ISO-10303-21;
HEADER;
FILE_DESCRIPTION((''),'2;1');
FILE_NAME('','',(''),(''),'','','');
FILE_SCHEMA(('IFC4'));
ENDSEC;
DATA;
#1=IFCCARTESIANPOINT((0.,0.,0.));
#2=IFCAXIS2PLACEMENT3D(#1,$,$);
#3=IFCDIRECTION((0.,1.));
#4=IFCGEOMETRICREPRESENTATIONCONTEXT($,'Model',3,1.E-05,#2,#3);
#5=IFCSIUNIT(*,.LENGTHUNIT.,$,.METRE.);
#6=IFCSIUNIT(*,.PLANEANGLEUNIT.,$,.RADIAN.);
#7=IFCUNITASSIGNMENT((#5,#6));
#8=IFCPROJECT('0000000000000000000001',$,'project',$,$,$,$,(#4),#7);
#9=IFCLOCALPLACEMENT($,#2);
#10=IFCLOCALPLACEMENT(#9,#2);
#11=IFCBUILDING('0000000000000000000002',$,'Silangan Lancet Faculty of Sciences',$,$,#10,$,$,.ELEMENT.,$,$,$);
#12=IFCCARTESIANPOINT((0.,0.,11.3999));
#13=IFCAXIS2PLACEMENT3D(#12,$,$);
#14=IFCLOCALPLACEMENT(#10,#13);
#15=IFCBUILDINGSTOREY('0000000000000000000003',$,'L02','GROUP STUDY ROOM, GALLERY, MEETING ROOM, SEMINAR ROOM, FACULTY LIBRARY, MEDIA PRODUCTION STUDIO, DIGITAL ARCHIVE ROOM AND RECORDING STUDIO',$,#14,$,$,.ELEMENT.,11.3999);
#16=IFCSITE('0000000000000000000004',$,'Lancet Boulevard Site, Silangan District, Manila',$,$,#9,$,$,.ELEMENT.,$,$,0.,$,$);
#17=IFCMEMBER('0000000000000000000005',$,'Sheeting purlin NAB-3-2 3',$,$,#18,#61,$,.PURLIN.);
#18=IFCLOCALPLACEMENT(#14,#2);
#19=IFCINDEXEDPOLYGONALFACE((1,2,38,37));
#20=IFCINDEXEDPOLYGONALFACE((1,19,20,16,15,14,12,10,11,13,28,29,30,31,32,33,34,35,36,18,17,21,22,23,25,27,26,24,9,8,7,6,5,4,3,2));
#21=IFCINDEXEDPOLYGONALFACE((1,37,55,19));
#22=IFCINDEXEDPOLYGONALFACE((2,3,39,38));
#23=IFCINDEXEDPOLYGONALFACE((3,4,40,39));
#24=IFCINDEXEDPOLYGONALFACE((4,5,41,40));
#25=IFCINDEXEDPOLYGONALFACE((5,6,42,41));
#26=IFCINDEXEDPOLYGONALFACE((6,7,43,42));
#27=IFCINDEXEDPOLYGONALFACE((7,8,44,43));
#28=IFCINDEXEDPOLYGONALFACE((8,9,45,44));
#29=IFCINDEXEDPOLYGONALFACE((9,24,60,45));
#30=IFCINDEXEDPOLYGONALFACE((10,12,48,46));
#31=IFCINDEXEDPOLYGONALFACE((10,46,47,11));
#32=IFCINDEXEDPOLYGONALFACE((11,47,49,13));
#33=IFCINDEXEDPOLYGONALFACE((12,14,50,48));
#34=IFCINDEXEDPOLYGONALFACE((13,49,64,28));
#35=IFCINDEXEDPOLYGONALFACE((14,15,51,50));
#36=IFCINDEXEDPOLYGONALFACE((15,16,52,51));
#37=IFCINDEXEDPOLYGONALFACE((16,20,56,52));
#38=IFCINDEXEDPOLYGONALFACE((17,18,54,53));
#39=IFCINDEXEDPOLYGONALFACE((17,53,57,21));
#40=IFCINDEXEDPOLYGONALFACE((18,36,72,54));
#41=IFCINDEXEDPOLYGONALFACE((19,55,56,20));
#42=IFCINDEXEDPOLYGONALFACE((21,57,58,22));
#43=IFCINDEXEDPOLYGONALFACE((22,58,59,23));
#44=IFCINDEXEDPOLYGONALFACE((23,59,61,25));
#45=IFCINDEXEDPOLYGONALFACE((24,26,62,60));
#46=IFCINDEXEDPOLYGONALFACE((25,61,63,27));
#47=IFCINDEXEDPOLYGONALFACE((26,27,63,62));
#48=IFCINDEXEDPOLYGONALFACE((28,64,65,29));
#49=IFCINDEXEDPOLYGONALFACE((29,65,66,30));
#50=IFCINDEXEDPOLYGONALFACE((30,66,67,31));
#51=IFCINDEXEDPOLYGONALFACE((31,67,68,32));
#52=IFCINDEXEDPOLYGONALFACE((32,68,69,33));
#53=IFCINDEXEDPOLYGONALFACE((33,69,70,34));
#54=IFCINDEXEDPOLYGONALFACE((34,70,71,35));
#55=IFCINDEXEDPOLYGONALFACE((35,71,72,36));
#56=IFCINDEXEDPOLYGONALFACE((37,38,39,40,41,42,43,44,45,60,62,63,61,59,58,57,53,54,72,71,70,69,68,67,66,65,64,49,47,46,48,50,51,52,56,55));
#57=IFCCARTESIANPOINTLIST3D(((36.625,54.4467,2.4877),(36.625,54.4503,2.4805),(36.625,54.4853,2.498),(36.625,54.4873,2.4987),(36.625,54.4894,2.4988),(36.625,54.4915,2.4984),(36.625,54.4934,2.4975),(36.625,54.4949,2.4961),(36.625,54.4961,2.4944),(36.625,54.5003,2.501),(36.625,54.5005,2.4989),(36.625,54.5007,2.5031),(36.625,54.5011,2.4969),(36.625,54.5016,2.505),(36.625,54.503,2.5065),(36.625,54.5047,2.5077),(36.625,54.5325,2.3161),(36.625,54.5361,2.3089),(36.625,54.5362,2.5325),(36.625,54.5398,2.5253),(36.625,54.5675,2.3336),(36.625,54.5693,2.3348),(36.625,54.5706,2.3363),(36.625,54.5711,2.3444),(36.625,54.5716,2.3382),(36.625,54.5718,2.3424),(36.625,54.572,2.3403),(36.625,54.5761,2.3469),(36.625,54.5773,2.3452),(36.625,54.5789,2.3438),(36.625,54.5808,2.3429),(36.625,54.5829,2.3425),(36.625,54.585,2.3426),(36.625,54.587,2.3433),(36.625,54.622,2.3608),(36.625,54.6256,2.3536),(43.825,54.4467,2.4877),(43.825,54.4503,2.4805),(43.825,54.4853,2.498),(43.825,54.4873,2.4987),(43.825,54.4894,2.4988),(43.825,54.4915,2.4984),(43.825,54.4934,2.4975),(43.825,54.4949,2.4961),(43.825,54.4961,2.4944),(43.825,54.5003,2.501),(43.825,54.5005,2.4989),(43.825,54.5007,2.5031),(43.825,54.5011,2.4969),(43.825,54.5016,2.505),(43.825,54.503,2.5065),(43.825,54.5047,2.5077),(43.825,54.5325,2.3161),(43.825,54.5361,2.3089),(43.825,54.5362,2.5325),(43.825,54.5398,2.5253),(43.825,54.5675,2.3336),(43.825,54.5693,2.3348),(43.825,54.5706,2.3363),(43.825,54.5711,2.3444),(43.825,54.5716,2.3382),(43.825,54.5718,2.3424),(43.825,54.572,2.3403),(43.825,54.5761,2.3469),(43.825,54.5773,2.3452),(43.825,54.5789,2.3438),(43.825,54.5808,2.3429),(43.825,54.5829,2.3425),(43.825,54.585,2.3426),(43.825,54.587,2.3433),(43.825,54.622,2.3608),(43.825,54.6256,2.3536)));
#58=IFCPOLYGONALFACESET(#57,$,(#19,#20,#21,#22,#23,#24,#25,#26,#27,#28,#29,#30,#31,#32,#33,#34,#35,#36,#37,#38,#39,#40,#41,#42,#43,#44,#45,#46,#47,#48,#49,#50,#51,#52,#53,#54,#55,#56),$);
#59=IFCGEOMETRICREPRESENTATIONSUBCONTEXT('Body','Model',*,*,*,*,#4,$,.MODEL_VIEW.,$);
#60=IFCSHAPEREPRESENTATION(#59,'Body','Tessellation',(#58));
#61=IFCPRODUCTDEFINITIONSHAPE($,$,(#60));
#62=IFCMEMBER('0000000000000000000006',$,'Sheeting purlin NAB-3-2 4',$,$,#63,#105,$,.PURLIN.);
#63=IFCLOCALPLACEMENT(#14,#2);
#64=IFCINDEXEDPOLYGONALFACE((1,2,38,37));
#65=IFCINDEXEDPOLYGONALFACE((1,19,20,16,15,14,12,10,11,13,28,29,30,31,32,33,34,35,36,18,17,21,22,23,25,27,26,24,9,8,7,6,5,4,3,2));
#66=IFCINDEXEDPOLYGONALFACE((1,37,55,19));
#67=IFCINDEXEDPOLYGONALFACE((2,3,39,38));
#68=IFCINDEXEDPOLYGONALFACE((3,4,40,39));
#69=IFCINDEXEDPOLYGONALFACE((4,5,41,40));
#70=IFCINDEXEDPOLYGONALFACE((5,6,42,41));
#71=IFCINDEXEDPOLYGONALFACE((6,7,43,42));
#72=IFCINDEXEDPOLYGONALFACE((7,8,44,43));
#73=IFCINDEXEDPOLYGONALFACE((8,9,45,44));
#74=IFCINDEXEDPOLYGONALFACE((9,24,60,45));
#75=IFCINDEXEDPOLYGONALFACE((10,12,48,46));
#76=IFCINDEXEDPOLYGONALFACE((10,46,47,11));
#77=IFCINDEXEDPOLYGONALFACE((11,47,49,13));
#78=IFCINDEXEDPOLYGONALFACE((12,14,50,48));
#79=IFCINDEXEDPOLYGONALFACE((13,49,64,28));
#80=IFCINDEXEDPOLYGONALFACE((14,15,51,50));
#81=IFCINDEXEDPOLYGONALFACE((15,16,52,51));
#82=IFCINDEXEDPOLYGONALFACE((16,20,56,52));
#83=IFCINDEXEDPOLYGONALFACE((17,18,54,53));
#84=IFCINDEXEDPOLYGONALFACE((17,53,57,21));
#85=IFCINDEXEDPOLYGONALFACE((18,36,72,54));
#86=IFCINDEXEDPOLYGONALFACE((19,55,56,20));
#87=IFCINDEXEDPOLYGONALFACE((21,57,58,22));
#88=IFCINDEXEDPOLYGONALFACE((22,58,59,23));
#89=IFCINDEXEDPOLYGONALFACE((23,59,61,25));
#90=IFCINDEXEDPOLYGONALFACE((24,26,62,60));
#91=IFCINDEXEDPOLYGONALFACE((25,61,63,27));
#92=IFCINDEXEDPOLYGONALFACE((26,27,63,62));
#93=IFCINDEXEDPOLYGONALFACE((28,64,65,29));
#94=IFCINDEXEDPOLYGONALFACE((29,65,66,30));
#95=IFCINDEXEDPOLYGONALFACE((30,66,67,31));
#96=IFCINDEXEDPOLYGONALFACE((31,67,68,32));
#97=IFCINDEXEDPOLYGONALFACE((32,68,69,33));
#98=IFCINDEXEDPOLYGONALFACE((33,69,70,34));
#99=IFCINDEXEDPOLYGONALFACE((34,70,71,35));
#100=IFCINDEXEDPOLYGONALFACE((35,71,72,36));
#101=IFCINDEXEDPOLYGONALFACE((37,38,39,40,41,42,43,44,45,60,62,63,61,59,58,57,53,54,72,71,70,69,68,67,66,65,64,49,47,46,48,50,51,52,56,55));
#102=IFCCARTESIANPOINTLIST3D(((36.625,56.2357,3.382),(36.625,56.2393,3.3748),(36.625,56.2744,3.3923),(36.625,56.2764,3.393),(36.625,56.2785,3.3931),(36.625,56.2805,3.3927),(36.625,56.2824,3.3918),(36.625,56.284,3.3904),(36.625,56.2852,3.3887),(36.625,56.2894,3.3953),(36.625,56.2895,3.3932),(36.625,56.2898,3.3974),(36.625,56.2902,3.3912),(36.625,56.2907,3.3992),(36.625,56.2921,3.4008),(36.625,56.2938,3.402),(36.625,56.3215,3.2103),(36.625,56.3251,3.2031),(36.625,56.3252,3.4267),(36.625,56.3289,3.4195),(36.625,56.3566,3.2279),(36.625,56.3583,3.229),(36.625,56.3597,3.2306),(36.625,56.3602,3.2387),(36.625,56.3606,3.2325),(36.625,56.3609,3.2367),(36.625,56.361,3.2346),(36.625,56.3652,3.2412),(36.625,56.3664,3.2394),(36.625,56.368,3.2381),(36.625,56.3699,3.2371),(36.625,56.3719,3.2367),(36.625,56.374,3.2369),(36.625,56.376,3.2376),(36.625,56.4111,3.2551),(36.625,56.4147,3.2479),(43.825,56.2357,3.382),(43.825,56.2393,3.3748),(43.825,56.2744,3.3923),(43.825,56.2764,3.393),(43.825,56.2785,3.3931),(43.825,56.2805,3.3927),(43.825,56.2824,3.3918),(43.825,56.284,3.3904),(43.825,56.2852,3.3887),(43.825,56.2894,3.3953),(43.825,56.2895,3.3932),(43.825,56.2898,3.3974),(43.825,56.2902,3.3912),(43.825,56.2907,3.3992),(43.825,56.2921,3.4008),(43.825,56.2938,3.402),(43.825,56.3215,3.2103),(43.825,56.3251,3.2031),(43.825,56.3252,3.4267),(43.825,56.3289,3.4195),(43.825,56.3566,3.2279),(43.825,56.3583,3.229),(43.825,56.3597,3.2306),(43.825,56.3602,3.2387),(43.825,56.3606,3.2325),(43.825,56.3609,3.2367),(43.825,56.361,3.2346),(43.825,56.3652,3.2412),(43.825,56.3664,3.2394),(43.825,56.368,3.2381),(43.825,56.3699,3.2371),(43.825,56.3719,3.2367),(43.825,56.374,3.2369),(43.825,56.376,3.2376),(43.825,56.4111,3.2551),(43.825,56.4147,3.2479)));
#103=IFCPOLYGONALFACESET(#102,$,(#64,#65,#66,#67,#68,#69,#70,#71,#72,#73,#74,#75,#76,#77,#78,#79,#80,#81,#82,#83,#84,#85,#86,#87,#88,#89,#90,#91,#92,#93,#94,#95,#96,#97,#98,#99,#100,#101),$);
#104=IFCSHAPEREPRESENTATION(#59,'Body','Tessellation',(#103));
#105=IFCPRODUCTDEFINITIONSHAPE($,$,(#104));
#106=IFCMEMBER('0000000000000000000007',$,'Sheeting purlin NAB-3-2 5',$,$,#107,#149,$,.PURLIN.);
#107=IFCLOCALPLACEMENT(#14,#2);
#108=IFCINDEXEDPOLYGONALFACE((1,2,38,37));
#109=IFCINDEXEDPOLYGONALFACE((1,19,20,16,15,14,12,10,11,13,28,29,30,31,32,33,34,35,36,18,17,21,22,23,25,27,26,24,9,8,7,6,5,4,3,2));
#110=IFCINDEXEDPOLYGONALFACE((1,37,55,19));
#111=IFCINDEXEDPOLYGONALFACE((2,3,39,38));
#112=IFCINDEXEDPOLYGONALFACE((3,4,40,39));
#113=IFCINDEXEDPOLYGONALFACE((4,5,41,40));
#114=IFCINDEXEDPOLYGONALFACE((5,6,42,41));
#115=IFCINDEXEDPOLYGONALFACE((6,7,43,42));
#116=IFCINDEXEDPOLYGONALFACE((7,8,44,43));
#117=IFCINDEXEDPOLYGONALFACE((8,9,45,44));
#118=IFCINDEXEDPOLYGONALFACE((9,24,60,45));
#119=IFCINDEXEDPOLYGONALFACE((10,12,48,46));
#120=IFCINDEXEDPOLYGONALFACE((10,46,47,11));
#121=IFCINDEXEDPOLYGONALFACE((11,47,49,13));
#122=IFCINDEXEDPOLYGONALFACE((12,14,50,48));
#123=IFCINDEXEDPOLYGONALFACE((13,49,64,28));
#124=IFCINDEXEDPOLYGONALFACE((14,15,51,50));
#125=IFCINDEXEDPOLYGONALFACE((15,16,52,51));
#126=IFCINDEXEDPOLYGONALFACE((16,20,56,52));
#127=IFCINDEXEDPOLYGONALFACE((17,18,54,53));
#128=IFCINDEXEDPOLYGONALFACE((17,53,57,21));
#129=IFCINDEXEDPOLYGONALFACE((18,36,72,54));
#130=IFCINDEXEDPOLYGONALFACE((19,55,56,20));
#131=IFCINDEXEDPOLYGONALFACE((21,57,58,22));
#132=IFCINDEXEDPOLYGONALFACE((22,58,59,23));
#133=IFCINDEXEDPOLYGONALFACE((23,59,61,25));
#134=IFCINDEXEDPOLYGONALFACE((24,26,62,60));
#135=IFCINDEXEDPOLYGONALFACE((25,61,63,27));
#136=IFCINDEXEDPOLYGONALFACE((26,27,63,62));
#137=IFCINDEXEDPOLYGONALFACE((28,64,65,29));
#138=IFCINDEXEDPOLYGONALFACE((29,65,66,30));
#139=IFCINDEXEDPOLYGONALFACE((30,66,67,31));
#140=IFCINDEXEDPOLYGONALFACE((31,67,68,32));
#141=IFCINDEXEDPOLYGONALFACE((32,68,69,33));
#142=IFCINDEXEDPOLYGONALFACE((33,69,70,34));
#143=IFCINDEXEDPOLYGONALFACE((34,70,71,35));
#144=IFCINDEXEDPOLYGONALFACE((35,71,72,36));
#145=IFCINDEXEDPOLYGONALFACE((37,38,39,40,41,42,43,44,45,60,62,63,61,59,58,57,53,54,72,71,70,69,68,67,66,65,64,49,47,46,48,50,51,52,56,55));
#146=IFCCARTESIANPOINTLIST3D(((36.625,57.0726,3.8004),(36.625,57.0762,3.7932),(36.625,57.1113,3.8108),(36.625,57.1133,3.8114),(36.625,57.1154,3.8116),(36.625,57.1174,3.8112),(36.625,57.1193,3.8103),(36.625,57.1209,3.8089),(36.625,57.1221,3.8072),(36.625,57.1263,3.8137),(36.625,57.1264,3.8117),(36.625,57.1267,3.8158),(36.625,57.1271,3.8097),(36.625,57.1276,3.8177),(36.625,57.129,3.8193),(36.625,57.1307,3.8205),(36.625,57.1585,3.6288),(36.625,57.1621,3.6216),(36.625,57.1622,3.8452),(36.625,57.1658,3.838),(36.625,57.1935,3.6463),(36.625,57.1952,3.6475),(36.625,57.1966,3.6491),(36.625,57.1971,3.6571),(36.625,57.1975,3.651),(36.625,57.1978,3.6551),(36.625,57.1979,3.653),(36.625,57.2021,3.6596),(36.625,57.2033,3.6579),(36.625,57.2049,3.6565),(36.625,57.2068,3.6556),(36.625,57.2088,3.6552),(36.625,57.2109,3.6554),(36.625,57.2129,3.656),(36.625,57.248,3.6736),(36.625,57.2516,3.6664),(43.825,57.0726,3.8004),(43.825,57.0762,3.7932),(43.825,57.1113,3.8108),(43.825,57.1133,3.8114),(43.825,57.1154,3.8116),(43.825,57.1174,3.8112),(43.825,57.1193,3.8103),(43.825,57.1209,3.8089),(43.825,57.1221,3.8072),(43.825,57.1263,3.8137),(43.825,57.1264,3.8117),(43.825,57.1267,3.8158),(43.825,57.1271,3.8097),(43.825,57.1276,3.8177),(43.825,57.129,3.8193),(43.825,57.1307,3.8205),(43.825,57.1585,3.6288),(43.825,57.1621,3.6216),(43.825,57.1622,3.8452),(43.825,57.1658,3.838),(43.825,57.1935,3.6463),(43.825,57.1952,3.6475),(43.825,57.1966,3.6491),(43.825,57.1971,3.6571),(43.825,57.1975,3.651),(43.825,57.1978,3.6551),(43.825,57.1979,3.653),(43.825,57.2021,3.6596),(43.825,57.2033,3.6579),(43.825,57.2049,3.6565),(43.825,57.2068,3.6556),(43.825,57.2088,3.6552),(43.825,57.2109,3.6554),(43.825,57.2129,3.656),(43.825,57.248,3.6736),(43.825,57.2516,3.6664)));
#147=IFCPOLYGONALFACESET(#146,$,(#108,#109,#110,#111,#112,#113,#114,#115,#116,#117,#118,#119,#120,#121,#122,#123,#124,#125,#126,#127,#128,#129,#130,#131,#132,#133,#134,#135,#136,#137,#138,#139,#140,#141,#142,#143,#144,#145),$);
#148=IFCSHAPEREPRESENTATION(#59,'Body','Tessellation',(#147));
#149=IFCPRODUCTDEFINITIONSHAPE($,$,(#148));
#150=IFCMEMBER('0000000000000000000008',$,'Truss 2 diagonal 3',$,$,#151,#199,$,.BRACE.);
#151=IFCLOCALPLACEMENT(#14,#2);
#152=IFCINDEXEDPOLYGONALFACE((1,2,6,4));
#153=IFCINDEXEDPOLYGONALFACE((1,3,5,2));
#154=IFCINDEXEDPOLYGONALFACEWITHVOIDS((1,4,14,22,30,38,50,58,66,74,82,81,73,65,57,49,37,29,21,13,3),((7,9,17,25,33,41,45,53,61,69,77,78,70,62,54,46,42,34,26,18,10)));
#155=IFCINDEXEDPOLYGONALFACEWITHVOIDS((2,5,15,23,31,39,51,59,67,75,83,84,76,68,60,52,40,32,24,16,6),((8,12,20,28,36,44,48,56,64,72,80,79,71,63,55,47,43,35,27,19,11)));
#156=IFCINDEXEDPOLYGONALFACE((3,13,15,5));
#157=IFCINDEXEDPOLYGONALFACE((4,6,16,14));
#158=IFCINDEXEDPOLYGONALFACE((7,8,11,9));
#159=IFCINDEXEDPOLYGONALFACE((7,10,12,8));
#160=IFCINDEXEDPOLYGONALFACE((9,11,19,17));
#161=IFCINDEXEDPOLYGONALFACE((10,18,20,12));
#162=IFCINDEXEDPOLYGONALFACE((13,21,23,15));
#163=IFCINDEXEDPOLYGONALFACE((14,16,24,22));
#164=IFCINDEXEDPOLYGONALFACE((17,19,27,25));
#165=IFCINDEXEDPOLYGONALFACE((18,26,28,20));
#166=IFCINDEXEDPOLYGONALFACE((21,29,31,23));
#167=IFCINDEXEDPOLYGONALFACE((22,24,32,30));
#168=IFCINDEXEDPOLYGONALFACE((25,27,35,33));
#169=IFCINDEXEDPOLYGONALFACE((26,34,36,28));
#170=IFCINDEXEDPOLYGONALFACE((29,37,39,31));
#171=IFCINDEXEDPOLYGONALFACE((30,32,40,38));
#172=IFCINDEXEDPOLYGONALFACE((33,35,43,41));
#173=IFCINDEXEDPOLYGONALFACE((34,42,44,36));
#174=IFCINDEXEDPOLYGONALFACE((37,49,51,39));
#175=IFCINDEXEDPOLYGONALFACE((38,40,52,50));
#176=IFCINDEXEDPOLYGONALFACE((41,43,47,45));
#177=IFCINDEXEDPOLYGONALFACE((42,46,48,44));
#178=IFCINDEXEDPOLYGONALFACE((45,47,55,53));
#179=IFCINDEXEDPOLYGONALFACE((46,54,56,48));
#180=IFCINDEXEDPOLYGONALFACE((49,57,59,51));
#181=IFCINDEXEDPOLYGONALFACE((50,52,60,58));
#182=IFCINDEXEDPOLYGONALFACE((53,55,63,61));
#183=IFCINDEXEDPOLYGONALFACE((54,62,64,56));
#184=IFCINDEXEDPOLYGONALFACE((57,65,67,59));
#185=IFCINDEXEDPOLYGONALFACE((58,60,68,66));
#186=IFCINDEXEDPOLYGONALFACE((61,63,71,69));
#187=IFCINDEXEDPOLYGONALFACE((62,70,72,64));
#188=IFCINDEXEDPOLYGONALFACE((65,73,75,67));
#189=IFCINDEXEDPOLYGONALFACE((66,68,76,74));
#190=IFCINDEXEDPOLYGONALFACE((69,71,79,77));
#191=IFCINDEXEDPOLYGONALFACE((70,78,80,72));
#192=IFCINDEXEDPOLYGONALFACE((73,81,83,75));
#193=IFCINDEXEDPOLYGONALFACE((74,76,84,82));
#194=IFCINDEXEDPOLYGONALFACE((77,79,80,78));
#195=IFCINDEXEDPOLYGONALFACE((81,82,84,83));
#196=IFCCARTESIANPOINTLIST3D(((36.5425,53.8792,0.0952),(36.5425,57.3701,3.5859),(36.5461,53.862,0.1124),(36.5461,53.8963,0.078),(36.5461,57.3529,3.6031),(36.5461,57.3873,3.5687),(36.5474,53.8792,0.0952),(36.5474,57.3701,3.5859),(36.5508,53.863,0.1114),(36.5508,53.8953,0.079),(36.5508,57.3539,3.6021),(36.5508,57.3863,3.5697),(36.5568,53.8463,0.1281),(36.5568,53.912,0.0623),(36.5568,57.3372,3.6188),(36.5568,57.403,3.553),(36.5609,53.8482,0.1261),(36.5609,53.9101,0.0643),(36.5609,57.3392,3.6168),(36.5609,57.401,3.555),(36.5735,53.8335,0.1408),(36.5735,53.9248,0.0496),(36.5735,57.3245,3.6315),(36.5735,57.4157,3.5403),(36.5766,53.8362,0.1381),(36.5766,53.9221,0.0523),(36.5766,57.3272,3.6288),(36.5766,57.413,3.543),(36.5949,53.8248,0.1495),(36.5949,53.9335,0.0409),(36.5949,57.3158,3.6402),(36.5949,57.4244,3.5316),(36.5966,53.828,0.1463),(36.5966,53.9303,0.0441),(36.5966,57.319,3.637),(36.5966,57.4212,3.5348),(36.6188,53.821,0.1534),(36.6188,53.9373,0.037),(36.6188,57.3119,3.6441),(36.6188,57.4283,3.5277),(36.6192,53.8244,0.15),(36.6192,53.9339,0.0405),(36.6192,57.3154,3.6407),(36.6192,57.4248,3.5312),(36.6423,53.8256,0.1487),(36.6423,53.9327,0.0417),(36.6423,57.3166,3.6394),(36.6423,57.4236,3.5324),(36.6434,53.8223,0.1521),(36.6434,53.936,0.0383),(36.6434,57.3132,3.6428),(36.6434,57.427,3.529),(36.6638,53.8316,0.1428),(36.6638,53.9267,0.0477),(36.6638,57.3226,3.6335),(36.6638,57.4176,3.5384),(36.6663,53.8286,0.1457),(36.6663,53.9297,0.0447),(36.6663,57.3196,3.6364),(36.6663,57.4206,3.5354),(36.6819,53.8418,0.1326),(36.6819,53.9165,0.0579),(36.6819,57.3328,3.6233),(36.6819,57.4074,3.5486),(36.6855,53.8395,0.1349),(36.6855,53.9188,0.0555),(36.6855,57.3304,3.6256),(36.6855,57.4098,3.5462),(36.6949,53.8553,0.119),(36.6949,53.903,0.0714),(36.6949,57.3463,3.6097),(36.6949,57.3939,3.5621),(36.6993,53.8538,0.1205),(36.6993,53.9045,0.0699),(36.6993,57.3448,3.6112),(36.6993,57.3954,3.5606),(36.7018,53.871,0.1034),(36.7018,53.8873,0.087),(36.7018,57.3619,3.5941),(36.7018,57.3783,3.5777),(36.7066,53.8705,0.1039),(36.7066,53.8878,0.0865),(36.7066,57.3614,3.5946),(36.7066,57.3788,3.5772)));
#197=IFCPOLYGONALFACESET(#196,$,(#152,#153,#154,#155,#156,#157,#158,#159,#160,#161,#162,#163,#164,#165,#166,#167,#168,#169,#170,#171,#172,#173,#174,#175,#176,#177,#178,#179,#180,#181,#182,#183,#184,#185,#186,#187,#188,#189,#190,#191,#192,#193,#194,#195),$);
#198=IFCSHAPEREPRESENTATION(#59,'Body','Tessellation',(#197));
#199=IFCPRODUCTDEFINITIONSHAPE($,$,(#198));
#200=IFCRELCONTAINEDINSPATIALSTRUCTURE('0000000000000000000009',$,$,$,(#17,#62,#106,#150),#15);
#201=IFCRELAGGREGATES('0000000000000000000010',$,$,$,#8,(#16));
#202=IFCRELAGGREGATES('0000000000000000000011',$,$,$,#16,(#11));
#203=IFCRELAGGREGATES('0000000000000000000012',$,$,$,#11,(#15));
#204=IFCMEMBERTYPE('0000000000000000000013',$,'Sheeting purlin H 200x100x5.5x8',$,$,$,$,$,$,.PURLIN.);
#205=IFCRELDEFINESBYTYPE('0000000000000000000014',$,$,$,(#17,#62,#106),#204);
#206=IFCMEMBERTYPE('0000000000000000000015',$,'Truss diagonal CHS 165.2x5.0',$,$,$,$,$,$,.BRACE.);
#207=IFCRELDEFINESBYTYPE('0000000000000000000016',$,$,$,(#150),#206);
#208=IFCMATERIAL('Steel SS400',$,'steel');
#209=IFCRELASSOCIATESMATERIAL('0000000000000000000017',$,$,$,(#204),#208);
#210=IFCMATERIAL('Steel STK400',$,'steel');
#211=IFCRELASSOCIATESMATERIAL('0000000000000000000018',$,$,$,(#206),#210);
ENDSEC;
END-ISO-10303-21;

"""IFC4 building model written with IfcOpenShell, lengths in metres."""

from ifc_helpers import new_model, si_unit, direction, frame, origin, origin_2d, place, context, subcontext, project, spatial, hollow_circle, i_section, extrude, material, material_profile, profile_set, type_object, element, save


model = new_model("IFC4")

# Units and contexts
model_context = context("Model", 3, precision=1e-05, world=origin(), true_north=direction((0.0, 1.0)))
body_context = subcontext(model_context, "Body", "Model", "MODEL_VIEW")
ifc_project = project(units=[si_unit("LENGTHUNIT", "METRE"), si_unit("PLANEANGLEUNIT", "RADIAN")], contexts=[model_context])

# Site, building, storey
site_placement = place(None, origin())
site = spatial("IfcSite", under=ifc_project, at=site_placement, Name="Lancet Boulevard Site, Silangan District, Manila", CompositionType="ELEMENT", RefElevation=0.0)
building_placement = place(site_placement, origin())
building = spatial("IfcBuilding", under=site, at=building_placement, Name="Silangan Lancet Faculty of Sciences", CompositionType="ELEMENT")
storey_placement = place(building_placement, frame((0.0, 0.0, 11.3999)))
storey = spatial("IfcBuildingStorey", under=building, at=storey_placement, Name="L02", Description="GROUP STUDY ROOM, GALLERY, MEETING ROOM, SEMINAR ROOM, FACULTY LIBRARY, MEDIA PRODUCTION STUDIO, DIGITAL ARCHIVE ROOM AND RECORDING STUDIO", CompositionType="ELEMENT", Elevation=11.3999)

# Members
ifc_material_1 = material(Name="Steel SS400", Category="steel")
ifc_material_profile_1 = material_profile(ifc_material_1, i_section(OverallWidth=0.1001, OverallDepth=0.2, WebThickness=0.0056, FlangeThickness=0.0081, FilletRadius=0.0081, at=origin_2d()), Name="H 200x100x5.5x8")
ifc_profile_set_1 = profile_set([ifc_material_profile_1], Name="Steel SS400")
member_type_1 = type_object("IfcMemberType", Name="Sheeting purlin H 200x100x5.5x8", PredefinedType="PURLIN", material=ifc_profile_set_1)
for number, where, z_axis, x_axis, name in (
    (1, (36.625, 54.5361, 2.4207), (1.0, 0.0, 0.0), (0.0, 0.894427, 0.447214), "Sheeting purlin NAB-3-2 3"),
    (2, (36.625, 56.3252, 3.3149), (1.0, 0.0, 0.0), (0.0, 0.894427, 0.447214), "Sheeting purlin NAB-3-2 4"),
    (3, (36.625, 57.1621, 3.7334), (1.0, 0.0, 0.0), (0.0, 0.894427, 0.447214), "Sheeting purlin NAB-3-2 5"),
):
    element("IfcMember", number, at=place(storey_placement, frame(where, z_axis=z_axis, x_axis=x_axis)), inside=storey, type_object=member_type_1, Name=name, PredefinedType="PURLIN", context=body_context, shape_type="SweptSolid", body=[
        extrude(i_section(OverallWidth=0.1001, OverallDepth=0.2, WebThickness=0.0056, FlangeThickness=0.0081, FilletRadius=0.0081, at=origin_2d()), origin(), (0.0, 0.0, 1.0), 7.2),
    ])
ifc_material_2 = material(Name="Steel STK400", Category="steel")
ifc_material_profile_2 = material_profile(ifc_material_2, hollow_circle(Radius=0.0825, WallThickness=0.0049, at=origin_2d()), Name="CHS 165.2x5.0")
ifc_profile_set_2 = profile_set([ifc_material_profile_2], Name="Steel STK400")
member_type_2 = type_object("IfcMemberType", Name="Truss diagonal CHS 165.2x5.0", PredefinedType="BRACE", material=ifc_profile_set_2)
member_1_placement = place(storey_placement, frame((36.625, 53.8792, 0.0952), z_axis=(0.0, 0.707132, 0.707082), x_axis=(-1.0, 0.0, 0.0)))
element("IfcMember", 4, at=member_1_placement, inside=storey, type_object=member_type_2, Name="Truss 2 diagonal 3", PredefinedType="BRACE", context=body_context, shape_type="SweptSolid", body=[
    extrude(hollow_circle(Radius=0.0825, WallThickness=0.0049, at=origin_2d()), origin(), (0.0, 0.0, 1.0), 4.9368),
])

save(model, "model.ifc")
